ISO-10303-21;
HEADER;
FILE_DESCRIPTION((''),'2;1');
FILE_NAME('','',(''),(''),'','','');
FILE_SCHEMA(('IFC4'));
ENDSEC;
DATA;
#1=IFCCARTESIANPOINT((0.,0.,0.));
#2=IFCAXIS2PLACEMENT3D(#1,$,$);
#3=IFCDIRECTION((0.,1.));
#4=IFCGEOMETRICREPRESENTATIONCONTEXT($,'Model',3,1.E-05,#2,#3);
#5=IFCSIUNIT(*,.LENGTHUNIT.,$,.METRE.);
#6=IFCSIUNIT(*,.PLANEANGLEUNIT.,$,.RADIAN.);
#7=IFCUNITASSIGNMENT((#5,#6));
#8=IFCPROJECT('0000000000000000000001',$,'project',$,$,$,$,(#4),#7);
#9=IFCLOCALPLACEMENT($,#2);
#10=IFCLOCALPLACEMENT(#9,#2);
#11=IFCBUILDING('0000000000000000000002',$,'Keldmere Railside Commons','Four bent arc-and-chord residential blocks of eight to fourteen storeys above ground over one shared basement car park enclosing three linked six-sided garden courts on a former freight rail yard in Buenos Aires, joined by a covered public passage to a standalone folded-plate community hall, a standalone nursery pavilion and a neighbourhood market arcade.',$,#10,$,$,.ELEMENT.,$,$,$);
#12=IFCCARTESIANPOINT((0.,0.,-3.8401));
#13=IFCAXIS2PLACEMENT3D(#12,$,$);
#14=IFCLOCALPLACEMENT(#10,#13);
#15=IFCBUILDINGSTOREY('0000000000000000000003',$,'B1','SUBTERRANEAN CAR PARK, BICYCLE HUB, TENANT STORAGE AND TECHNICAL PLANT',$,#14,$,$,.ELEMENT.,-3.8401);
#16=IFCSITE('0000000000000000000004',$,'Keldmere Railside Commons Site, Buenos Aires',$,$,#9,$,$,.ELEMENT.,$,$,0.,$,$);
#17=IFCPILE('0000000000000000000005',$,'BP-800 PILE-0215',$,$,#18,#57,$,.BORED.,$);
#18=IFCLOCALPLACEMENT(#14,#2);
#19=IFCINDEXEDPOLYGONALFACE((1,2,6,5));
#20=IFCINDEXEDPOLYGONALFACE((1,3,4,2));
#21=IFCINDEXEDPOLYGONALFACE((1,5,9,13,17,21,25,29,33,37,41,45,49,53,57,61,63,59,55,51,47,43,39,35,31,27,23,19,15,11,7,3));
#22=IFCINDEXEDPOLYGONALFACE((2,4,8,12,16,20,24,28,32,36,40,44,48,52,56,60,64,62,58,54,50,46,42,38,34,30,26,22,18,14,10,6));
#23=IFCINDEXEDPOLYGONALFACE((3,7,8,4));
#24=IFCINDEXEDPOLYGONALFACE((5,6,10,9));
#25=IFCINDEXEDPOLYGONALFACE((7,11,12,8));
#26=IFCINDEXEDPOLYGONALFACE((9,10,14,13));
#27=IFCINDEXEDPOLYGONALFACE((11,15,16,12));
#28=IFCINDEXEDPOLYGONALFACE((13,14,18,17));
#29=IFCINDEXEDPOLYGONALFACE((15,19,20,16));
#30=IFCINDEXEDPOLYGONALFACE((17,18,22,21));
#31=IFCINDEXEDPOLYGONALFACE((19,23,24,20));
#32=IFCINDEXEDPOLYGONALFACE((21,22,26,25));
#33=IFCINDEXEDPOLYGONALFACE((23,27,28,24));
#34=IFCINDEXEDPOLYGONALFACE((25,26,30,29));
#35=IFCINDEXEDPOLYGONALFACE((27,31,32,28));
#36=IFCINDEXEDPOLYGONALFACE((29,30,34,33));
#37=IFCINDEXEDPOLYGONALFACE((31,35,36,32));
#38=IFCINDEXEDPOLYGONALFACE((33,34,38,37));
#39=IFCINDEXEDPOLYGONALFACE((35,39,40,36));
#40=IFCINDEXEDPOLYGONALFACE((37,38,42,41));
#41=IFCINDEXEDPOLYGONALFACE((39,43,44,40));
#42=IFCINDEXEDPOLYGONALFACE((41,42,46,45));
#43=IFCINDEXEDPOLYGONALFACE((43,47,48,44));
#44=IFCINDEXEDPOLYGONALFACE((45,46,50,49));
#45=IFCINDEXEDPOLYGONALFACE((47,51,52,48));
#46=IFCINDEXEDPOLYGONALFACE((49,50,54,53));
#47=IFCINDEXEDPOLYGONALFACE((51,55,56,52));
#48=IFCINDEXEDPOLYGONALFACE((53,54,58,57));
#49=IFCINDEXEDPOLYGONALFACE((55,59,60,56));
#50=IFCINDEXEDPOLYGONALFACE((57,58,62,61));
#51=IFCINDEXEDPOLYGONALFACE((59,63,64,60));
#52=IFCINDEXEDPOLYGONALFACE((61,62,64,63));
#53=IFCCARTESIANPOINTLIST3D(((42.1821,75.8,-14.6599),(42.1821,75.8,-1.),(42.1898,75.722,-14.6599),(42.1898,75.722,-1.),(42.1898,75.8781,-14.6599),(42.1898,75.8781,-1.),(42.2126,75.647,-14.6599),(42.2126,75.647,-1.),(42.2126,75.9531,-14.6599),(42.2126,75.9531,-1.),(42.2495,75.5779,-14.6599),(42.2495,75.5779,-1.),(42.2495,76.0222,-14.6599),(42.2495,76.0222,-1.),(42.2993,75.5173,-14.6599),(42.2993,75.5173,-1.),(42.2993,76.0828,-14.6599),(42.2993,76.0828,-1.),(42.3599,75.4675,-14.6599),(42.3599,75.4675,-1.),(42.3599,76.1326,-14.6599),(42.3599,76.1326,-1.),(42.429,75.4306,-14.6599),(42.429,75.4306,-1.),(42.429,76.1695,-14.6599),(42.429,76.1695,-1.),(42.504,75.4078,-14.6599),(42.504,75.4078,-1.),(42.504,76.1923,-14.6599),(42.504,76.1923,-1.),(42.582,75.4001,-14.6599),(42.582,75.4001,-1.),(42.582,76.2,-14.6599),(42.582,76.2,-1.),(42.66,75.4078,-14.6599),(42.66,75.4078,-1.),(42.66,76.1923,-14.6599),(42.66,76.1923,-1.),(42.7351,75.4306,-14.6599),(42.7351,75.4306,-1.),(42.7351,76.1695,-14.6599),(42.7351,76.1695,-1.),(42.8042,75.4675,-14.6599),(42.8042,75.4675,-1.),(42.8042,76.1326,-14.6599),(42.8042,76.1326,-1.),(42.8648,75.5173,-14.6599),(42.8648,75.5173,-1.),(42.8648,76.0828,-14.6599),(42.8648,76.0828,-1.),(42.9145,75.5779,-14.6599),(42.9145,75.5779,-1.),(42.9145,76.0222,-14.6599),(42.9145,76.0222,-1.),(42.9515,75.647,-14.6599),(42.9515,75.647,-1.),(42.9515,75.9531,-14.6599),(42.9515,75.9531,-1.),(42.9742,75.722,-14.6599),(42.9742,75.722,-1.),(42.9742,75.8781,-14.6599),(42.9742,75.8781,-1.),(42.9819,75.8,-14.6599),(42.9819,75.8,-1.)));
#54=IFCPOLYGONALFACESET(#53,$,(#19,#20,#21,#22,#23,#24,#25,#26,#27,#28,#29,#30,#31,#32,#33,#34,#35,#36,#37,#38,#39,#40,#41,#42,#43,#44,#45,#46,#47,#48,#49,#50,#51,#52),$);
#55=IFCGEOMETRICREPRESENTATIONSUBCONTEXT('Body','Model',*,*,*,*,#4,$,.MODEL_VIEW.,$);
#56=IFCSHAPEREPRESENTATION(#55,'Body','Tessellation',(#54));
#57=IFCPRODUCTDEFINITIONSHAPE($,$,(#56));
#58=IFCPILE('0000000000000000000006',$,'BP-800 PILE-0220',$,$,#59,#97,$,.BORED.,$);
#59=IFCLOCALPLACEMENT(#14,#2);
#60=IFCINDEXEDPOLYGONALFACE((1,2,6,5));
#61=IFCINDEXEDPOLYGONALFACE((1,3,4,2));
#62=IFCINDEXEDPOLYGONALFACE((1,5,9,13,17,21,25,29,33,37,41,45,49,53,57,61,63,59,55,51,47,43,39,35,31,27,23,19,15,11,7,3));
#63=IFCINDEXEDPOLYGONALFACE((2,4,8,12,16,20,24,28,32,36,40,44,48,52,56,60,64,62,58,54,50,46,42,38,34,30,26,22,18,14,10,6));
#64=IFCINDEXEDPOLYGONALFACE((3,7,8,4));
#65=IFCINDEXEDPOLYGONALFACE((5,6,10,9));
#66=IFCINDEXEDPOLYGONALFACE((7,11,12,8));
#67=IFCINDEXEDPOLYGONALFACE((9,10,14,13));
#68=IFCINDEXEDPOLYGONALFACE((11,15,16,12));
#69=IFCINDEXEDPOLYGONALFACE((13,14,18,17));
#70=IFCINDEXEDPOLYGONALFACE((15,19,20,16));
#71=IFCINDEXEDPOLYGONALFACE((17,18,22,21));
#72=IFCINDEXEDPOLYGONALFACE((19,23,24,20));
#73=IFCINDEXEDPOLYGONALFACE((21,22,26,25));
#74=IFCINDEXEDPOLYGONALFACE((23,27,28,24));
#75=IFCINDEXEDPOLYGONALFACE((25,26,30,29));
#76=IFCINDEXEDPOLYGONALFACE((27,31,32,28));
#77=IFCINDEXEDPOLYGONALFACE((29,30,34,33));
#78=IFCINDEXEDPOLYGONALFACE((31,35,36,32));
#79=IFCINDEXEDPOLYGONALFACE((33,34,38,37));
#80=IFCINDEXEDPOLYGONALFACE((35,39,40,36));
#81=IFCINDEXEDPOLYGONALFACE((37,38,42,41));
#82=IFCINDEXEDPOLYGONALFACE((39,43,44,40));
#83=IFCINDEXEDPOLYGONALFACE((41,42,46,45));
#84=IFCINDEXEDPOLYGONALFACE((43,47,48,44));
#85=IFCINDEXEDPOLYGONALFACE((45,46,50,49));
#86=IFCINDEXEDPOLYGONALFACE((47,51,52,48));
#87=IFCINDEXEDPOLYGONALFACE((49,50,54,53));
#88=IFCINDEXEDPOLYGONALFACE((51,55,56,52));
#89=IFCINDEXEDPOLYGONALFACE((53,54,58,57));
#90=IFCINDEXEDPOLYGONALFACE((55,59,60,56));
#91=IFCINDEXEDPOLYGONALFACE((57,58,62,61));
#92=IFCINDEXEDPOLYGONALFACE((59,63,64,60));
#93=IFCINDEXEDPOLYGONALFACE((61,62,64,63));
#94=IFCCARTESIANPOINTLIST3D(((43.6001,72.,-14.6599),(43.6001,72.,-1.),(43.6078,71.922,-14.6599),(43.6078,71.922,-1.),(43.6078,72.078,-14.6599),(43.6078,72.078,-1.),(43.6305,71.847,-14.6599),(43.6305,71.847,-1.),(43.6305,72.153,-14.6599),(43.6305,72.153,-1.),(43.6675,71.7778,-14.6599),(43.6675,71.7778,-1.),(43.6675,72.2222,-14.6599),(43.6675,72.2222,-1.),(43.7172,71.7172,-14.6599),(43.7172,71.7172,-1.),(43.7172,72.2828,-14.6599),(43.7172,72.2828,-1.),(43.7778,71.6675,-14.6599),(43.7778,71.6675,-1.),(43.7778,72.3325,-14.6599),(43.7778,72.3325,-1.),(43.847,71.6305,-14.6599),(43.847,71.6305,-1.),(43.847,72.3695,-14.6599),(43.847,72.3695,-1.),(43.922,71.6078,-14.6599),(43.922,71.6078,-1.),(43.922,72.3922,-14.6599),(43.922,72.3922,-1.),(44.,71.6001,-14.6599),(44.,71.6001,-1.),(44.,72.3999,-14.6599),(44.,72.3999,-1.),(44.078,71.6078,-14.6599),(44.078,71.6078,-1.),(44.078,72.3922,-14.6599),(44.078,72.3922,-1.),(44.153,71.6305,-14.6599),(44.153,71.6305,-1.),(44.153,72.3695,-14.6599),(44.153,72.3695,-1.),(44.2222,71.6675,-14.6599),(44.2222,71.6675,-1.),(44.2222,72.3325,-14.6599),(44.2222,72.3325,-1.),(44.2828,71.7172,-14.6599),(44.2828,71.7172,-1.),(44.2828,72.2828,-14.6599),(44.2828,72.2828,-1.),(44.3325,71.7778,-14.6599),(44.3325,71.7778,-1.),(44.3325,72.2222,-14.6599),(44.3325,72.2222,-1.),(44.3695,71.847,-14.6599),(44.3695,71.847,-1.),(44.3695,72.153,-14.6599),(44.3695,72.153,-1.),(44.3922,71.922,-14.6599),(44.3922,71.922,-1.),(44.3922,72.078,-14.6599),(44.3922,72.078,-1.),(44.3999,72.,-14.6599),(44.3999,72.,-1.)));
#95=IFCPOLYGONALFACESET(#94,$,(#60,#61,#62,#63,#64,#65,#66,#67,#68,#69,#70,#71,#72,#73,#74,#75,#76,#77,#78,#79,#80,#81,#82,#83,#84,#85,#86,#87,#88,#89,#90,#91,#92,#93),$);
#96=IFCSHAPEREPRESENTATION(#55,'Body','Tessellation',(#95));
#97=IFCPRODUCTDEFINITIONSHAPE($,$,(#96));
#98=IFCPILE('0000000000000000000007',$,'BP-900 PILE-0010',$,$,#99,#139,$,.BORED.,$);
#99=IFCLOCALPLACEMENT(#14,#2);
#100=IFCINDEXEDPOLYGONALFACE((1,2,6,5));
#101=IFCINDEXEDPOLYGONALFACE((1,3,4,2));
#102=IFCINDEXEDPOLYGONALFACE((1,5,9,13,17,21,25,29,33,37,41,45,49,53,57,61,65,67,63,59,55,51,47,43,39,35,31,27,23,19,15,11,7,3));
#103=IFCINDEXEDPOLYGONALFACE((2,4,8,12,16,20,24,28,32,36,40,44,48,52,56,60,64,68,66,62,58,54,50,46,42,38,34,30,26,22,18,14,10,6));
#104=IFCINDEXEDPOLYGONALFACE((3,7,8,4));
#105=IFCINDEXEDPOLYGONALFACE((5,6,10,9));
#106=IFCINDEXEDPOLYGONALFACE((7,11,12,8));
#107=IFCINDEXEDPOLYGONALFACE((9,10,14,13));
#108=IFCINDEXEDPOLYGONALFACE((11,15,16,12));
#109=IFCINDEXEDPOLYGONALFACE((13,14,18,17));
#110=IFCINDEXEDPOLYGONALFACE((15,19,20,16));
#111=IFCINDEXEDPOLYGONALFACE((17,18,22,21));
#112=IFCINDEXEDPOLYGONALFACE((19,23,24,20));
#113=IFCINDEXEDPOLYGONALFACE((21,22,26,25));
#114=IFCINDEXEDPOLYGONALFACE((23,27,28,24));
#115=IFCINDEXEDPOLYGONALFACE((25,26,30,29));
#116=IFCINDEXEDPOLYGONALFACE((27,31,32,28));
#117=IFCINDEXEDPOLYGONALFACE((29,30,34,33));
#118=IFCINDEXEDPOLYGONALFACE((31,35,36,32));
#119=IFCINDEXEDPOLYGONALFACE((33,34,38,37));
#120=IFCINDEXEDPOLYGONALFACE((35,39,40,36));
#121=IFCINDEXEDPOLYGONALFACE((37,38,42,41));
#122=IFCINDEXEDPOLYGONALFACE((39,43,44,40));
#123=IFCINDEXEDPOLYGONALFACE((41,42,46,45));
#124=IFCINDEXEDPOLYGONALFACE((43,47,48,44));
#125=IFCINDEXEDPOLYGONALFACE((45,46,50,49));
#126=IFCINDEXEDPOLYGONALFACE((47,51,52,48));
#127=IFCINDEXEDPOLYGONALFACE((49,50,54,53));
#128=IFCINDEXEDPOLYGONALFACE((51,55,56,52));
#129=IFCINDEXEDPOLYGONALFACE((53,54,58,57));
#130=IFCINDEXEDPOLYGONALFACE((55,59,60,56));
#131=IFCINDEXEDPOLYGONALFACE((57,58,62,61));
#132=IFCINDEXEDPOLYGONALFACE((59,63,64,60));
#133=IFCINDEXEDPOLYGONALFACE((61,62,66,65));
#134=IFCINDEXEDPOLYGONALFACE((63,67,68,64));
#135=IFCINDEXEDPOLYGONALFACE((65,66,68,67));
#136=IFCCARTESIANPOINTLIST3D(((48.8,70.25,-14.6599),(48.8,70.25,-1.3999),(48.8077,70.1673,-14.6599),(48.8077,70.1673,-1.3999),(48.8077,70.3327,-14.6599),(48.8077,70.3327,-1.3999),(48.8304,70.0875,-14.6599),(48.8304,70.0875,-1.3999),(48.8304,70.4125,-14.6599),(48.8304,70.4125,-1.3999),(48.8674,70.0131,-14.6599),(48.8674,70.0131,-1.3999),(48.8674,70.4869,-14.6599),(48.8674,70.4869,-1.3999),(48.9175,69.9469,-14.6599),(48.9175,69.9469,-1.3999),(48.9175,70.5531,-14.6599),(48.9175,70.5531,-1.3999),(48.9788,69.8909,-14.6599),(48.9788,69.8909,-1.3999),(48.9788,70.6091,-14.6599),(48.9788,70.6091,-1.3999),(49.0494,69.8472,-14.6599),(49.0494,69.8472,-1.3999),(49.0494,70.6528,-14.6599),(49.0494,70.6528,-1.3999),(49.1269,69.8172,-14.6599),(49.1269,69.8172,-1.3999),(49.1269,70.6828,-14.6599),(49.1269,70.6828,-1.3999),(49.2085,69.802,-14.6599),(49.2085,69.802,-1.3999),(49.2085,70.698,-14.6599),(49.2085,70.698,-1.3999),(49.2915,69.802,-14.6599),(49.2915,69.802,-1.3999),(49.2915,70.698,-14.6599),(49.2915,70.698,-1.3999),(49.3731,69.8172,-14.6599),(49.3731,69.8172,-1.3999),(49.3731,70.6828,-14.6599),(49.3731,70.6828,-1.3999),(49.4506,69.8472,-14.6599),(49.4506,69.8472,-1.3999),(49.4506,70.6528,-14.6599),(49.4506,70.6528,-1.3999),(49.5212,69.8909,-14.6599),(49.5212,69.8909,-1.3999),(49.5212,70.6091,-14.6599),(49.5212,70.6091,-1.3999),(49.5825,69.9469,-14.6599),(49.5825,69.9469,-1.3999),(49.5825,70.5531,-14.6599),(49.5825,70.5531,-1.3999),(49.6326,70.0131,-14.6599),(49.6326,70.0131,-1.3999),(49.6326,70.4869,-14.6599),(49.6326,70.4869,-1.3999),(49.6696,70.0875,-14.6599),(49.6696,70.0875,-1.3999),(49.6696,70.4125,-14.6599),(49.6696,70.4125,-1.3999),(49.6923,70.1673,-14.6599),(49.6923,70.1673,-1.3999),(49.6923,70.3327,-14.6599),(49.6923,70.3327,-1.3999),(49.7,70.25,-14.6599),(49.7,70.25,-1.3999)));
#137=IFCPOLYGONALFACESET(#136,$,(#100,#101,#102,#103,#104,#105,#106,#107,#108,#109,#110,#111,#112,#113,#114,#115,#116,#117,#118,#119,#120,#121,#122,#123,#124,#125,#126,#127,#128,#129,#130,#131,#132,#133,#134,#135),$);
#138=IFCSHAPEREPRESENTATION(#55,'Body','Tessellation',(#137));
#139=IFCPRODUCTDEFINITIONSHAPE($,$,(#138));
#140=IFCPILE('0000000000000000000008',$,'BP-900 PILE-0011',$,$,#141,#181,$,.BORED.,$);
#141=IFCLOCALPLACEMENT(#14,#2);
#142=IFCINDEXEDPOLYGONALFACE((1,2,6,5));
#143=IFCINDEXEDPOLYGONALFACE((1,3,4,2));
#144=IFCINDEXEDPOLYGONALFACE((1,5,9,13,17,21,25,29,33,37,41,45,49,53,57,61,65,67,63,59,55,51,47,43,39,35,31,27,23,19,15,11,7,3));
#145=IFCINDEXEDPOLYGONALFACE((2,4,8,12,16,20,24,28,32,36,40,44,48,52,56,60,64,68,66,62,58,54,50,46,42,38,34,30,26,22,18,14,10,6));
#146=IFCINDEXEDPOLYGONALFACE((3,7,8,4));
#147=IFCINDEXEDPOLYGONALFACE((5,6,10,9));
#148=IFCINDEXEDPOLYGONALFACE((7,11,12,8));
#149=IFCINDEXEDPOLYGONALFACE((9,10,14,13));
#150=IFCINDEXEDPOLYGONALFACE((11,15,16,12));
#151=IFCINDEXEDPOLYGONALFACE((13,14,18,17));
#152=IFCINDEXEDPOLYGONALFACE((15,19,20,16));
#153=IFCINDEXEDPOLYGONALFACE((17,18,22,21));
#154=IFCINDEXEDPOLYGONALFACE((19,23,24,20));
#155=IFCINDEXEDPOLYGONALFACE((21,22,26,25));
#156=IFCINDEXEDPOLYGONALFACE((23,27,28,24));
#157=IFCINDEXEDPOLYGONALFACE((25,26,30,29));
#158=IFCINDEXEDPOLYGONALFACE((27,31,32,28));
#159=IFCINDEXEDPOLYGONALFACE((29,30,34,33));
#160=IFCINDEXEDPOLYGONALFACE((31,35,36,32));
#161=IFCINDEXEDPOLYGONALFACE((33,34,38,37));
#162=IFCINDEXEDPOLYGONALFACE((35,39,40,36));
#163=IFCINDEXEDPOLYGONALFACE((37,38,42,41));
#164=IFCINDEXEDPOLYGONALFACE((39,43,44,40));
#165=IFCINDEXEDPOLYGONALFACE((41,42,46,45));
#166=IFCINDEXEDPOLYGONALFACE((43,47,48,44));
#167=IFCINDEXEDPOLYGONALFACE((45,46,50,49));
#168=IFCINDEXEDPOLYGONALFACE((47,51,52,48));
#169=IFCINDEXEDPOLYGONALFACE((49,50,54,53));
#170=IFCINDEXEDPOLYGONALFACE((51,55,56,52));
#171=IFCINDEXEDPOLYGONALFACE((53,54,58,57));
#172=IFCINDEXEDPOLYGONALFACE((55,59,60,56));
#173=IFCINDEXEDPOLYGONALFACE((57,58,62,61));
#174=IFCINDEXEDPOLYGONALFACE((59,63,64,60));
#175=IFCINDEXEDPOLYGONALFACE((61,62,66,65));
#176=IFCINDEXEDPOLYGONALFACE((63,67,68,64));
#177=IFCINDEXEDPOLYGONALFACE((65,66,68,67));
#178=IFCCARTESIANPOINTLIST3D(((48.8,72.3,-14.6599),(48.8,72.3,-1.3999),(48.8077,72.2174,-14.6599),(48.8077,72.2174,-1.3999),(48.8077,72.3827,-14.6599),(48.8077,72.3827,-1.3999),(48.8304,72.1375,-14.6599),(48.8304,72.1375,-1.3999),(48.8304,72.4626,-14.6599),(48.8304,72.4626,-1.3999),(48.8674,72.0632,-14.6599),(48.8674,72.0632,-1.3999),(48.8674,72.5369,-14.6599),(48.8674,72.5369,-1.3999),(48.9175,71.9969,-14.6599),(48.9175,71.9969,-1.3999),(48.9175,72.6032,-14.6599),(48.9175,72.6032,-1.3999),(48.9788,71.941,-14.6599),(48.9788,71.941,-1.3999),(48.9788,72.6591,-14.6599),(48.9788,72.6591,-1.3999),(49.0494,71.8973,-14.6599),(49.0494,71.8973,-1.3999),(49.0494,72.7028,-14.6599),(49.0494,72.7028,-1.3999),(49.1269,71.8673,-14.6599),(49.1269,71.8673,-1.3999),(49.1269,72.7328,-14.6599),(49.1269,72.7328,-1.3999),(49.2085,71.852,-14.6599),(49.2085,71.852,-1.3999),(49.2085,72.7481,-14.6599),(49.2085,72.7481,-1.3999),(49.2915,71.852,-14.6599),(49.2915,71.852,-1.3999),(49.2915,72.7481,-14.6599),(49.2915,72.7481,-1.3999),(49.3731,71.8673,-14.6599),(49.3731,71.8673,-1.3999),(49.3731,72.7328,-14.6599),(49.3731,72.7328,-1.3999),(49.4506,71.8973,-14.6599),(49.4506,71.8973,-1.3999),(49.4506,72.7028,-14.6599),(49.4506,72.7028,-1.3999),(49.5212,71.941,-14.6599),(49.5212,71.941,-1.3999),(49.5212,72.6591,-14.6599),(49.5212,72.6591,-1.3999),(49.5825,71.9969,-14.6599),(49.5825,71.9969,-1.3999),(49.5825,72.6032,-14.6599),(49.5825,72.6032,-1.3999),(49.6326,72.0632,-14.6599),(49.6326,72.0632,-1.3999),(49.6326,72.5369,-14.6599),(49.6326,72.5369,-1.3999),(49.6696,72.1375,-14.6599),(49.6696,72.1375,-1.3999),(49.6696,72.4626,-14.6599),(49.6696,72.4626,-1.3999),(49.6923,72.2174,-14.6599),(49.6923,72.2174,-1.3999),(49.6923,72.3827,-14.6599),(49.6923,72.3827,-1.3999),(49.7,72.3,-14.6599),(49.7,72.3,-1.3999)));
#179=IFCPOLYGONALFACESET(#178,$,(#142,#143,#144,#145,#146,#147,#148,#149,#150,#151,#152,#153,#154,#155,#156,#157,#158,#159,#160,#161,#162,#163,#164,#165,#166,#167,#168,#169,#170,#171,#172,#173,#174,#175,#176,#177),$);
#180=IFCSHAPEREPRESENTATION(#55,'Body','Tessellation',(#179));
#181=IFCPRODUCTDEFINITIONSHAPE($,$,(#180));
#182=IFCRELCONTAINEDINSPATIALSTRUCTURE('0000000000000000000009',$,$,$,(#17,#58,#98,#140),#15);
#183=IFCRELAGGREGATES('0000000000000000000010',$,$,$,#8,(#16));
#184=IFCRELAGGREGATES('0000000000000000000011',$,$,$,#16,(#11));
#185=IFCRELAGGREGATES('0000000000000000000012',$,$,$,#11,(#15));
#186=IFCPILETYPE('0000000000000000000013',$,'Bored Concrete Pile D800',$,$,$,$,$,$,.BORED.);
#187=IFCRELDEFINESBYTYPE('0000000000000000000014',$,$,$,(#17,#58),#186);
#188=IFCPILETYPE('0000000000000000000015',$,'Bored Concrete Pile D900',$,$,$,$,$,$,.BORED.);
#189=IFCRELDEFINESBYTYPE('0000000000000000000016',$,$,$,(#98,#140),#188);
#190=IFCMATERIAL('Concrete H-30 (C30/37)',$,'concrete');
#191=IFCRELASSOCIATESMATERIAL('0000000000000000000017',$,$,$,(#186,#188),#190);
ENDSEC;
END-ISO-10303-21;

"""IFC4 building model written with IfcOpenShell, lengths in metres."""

from ifc_helpers import new_model, si_unit, direction, frame, origin, origin_2d, place, context, subcontext, project, spatial, circle, extrude, material, material_profile, profile_set, type_object, element, save


model = new_model("IFC4")

# Units and contexts
model_context = context("Model", 3, precision=1e-05, world=origin(), true_north=direction((0.0, 1.0)))
body_context = subcontext(model_context, "Body", "Model", "MODEL_VIEW")
ifc_project = project(units=[si_unit("LENGTHUNIT", "METRE"), si_unit("PLANEANGLEUNIT", "RADIAN")], contexts=[model_context])

# Site, building, storey
site_placement = place(None, origin())
site = spatial("IfcSite", under=ifc_project, at=site_placement, Name="Keldmere Railside Commons Site, Buenos Aires", CompositionType="ELEMENT", RefElevation=0.0)
building_placement = place(site_placement, origin())
building = spatial("IfcBuilding", under=site, at=building_placement, Name="Keldmere Railside Commons", Description="Four bent arc-and-chord residential blocks of eight to fourteen storeys above ground over one shared basement car park enclosing three linked six-sided garden courts on a former freight rail yard in Buenos Aires, joined by a covered public passage to a standalone folded-plate community hall, a standalone nursery pavilion and a neighbourhood market arcade.", CompositionType="ELEMENT")
storey_placement = place(building_placement, frame((0.0, 0.0, -3.8401)))
storey = spatial("IfcBuildingStorey", under=building, at=storey_placement, Name="B1", Description="SUBTERRANEAN CAR PARK, BICYCLE HUB, TENANT STORAGE AND TECHNICAL PLANT", CompositionType="ELEMENT", Elevation=-3.8401)

# Piles
ifc_material_1 = material(Name="Concrete H-30 (C30/37)", Category="concrete")
ifc_material_profile_1 = material_profile(ifc_material_1, circle(Radius=0.3999, at=origin_2d()), Name="PILE-D800")
ifc_profile_set_1 = profile_set([ifc_material_profile_1], Name="Concrete H-30 (C30/37)")
pile_type_1 = type_object("IfcPileType", Name="Bored Concrete Pile D800", PredefinedType="BORED", material=ifc_profile_set_1)
for number, where, z_axis, x_axis, name in (
    (1, (42.582, 75.8, -1.0), (0.0, 0.0, -1.0), (1.0, 0.0, 0.0), "BP-800 PILE-0215"),
    (2, (44.0, 72.0, -1.0), (0.0, 0.0, -1.0), (1.0, 0.0, 0.0), "BP-800 PILE-0220"),
):
    element("IfcPile", number, at=place(storey_placement, frame(where, z_axis=z_axis, x_axis=x_axis)), inside=storey, type_object=pile_type_1, Name=name, PredefinedType="BORED", context=body_context, shape_type="SweptSolid", body=[
        extrude(circle(Radius=0.3999, at=origin_2d()), origin(), (0.0, 0.0, 1.0), 13.6599),
    ])
ifc_material_profile_2 = material_profile(ifc_material_1, circle(Radius=0.45, at=origin_2d()), Name="PILE-D900")
ifc_profile_set_2 = profile_set([ifc_material_profile_2], Name="Concrete H-30 (C30/37)")
pile_type_2 = type_object("IfcPileType", Name="Bored Concrete Pile D900", PredefinedType="BORED", material=ifc_profile_set_2)
for number, where, z_axis, x_axis, name in (
    (3, (49.25, 70.25, -1.3999), (0.0, 0.0, -1.0), (1.0, 0.0, 0.0), "BP-900 PILE-0010"),
    (4, (49.25, 72.3, -1.3999), (0.0, 0.0, -1.0), (1.0, 0.0, 0.0), "BP-900 PILE-0011"),
):
    element("IfcPile", number, at=place(storey_placement, frame(where, z_axis=z_axis, x_axis=x_axis)), inside=storey, type_object=pile_type_2, Name=name, PredefinedType="BORED", context=body_context, shape_type="SweptSolid", body=[
        extrude(circle(Radius=0.45, at=origin_2d()), origin(), (0.0, 0.0, 1.0), 13.26),
    ])

save(model, "model.ifc")
